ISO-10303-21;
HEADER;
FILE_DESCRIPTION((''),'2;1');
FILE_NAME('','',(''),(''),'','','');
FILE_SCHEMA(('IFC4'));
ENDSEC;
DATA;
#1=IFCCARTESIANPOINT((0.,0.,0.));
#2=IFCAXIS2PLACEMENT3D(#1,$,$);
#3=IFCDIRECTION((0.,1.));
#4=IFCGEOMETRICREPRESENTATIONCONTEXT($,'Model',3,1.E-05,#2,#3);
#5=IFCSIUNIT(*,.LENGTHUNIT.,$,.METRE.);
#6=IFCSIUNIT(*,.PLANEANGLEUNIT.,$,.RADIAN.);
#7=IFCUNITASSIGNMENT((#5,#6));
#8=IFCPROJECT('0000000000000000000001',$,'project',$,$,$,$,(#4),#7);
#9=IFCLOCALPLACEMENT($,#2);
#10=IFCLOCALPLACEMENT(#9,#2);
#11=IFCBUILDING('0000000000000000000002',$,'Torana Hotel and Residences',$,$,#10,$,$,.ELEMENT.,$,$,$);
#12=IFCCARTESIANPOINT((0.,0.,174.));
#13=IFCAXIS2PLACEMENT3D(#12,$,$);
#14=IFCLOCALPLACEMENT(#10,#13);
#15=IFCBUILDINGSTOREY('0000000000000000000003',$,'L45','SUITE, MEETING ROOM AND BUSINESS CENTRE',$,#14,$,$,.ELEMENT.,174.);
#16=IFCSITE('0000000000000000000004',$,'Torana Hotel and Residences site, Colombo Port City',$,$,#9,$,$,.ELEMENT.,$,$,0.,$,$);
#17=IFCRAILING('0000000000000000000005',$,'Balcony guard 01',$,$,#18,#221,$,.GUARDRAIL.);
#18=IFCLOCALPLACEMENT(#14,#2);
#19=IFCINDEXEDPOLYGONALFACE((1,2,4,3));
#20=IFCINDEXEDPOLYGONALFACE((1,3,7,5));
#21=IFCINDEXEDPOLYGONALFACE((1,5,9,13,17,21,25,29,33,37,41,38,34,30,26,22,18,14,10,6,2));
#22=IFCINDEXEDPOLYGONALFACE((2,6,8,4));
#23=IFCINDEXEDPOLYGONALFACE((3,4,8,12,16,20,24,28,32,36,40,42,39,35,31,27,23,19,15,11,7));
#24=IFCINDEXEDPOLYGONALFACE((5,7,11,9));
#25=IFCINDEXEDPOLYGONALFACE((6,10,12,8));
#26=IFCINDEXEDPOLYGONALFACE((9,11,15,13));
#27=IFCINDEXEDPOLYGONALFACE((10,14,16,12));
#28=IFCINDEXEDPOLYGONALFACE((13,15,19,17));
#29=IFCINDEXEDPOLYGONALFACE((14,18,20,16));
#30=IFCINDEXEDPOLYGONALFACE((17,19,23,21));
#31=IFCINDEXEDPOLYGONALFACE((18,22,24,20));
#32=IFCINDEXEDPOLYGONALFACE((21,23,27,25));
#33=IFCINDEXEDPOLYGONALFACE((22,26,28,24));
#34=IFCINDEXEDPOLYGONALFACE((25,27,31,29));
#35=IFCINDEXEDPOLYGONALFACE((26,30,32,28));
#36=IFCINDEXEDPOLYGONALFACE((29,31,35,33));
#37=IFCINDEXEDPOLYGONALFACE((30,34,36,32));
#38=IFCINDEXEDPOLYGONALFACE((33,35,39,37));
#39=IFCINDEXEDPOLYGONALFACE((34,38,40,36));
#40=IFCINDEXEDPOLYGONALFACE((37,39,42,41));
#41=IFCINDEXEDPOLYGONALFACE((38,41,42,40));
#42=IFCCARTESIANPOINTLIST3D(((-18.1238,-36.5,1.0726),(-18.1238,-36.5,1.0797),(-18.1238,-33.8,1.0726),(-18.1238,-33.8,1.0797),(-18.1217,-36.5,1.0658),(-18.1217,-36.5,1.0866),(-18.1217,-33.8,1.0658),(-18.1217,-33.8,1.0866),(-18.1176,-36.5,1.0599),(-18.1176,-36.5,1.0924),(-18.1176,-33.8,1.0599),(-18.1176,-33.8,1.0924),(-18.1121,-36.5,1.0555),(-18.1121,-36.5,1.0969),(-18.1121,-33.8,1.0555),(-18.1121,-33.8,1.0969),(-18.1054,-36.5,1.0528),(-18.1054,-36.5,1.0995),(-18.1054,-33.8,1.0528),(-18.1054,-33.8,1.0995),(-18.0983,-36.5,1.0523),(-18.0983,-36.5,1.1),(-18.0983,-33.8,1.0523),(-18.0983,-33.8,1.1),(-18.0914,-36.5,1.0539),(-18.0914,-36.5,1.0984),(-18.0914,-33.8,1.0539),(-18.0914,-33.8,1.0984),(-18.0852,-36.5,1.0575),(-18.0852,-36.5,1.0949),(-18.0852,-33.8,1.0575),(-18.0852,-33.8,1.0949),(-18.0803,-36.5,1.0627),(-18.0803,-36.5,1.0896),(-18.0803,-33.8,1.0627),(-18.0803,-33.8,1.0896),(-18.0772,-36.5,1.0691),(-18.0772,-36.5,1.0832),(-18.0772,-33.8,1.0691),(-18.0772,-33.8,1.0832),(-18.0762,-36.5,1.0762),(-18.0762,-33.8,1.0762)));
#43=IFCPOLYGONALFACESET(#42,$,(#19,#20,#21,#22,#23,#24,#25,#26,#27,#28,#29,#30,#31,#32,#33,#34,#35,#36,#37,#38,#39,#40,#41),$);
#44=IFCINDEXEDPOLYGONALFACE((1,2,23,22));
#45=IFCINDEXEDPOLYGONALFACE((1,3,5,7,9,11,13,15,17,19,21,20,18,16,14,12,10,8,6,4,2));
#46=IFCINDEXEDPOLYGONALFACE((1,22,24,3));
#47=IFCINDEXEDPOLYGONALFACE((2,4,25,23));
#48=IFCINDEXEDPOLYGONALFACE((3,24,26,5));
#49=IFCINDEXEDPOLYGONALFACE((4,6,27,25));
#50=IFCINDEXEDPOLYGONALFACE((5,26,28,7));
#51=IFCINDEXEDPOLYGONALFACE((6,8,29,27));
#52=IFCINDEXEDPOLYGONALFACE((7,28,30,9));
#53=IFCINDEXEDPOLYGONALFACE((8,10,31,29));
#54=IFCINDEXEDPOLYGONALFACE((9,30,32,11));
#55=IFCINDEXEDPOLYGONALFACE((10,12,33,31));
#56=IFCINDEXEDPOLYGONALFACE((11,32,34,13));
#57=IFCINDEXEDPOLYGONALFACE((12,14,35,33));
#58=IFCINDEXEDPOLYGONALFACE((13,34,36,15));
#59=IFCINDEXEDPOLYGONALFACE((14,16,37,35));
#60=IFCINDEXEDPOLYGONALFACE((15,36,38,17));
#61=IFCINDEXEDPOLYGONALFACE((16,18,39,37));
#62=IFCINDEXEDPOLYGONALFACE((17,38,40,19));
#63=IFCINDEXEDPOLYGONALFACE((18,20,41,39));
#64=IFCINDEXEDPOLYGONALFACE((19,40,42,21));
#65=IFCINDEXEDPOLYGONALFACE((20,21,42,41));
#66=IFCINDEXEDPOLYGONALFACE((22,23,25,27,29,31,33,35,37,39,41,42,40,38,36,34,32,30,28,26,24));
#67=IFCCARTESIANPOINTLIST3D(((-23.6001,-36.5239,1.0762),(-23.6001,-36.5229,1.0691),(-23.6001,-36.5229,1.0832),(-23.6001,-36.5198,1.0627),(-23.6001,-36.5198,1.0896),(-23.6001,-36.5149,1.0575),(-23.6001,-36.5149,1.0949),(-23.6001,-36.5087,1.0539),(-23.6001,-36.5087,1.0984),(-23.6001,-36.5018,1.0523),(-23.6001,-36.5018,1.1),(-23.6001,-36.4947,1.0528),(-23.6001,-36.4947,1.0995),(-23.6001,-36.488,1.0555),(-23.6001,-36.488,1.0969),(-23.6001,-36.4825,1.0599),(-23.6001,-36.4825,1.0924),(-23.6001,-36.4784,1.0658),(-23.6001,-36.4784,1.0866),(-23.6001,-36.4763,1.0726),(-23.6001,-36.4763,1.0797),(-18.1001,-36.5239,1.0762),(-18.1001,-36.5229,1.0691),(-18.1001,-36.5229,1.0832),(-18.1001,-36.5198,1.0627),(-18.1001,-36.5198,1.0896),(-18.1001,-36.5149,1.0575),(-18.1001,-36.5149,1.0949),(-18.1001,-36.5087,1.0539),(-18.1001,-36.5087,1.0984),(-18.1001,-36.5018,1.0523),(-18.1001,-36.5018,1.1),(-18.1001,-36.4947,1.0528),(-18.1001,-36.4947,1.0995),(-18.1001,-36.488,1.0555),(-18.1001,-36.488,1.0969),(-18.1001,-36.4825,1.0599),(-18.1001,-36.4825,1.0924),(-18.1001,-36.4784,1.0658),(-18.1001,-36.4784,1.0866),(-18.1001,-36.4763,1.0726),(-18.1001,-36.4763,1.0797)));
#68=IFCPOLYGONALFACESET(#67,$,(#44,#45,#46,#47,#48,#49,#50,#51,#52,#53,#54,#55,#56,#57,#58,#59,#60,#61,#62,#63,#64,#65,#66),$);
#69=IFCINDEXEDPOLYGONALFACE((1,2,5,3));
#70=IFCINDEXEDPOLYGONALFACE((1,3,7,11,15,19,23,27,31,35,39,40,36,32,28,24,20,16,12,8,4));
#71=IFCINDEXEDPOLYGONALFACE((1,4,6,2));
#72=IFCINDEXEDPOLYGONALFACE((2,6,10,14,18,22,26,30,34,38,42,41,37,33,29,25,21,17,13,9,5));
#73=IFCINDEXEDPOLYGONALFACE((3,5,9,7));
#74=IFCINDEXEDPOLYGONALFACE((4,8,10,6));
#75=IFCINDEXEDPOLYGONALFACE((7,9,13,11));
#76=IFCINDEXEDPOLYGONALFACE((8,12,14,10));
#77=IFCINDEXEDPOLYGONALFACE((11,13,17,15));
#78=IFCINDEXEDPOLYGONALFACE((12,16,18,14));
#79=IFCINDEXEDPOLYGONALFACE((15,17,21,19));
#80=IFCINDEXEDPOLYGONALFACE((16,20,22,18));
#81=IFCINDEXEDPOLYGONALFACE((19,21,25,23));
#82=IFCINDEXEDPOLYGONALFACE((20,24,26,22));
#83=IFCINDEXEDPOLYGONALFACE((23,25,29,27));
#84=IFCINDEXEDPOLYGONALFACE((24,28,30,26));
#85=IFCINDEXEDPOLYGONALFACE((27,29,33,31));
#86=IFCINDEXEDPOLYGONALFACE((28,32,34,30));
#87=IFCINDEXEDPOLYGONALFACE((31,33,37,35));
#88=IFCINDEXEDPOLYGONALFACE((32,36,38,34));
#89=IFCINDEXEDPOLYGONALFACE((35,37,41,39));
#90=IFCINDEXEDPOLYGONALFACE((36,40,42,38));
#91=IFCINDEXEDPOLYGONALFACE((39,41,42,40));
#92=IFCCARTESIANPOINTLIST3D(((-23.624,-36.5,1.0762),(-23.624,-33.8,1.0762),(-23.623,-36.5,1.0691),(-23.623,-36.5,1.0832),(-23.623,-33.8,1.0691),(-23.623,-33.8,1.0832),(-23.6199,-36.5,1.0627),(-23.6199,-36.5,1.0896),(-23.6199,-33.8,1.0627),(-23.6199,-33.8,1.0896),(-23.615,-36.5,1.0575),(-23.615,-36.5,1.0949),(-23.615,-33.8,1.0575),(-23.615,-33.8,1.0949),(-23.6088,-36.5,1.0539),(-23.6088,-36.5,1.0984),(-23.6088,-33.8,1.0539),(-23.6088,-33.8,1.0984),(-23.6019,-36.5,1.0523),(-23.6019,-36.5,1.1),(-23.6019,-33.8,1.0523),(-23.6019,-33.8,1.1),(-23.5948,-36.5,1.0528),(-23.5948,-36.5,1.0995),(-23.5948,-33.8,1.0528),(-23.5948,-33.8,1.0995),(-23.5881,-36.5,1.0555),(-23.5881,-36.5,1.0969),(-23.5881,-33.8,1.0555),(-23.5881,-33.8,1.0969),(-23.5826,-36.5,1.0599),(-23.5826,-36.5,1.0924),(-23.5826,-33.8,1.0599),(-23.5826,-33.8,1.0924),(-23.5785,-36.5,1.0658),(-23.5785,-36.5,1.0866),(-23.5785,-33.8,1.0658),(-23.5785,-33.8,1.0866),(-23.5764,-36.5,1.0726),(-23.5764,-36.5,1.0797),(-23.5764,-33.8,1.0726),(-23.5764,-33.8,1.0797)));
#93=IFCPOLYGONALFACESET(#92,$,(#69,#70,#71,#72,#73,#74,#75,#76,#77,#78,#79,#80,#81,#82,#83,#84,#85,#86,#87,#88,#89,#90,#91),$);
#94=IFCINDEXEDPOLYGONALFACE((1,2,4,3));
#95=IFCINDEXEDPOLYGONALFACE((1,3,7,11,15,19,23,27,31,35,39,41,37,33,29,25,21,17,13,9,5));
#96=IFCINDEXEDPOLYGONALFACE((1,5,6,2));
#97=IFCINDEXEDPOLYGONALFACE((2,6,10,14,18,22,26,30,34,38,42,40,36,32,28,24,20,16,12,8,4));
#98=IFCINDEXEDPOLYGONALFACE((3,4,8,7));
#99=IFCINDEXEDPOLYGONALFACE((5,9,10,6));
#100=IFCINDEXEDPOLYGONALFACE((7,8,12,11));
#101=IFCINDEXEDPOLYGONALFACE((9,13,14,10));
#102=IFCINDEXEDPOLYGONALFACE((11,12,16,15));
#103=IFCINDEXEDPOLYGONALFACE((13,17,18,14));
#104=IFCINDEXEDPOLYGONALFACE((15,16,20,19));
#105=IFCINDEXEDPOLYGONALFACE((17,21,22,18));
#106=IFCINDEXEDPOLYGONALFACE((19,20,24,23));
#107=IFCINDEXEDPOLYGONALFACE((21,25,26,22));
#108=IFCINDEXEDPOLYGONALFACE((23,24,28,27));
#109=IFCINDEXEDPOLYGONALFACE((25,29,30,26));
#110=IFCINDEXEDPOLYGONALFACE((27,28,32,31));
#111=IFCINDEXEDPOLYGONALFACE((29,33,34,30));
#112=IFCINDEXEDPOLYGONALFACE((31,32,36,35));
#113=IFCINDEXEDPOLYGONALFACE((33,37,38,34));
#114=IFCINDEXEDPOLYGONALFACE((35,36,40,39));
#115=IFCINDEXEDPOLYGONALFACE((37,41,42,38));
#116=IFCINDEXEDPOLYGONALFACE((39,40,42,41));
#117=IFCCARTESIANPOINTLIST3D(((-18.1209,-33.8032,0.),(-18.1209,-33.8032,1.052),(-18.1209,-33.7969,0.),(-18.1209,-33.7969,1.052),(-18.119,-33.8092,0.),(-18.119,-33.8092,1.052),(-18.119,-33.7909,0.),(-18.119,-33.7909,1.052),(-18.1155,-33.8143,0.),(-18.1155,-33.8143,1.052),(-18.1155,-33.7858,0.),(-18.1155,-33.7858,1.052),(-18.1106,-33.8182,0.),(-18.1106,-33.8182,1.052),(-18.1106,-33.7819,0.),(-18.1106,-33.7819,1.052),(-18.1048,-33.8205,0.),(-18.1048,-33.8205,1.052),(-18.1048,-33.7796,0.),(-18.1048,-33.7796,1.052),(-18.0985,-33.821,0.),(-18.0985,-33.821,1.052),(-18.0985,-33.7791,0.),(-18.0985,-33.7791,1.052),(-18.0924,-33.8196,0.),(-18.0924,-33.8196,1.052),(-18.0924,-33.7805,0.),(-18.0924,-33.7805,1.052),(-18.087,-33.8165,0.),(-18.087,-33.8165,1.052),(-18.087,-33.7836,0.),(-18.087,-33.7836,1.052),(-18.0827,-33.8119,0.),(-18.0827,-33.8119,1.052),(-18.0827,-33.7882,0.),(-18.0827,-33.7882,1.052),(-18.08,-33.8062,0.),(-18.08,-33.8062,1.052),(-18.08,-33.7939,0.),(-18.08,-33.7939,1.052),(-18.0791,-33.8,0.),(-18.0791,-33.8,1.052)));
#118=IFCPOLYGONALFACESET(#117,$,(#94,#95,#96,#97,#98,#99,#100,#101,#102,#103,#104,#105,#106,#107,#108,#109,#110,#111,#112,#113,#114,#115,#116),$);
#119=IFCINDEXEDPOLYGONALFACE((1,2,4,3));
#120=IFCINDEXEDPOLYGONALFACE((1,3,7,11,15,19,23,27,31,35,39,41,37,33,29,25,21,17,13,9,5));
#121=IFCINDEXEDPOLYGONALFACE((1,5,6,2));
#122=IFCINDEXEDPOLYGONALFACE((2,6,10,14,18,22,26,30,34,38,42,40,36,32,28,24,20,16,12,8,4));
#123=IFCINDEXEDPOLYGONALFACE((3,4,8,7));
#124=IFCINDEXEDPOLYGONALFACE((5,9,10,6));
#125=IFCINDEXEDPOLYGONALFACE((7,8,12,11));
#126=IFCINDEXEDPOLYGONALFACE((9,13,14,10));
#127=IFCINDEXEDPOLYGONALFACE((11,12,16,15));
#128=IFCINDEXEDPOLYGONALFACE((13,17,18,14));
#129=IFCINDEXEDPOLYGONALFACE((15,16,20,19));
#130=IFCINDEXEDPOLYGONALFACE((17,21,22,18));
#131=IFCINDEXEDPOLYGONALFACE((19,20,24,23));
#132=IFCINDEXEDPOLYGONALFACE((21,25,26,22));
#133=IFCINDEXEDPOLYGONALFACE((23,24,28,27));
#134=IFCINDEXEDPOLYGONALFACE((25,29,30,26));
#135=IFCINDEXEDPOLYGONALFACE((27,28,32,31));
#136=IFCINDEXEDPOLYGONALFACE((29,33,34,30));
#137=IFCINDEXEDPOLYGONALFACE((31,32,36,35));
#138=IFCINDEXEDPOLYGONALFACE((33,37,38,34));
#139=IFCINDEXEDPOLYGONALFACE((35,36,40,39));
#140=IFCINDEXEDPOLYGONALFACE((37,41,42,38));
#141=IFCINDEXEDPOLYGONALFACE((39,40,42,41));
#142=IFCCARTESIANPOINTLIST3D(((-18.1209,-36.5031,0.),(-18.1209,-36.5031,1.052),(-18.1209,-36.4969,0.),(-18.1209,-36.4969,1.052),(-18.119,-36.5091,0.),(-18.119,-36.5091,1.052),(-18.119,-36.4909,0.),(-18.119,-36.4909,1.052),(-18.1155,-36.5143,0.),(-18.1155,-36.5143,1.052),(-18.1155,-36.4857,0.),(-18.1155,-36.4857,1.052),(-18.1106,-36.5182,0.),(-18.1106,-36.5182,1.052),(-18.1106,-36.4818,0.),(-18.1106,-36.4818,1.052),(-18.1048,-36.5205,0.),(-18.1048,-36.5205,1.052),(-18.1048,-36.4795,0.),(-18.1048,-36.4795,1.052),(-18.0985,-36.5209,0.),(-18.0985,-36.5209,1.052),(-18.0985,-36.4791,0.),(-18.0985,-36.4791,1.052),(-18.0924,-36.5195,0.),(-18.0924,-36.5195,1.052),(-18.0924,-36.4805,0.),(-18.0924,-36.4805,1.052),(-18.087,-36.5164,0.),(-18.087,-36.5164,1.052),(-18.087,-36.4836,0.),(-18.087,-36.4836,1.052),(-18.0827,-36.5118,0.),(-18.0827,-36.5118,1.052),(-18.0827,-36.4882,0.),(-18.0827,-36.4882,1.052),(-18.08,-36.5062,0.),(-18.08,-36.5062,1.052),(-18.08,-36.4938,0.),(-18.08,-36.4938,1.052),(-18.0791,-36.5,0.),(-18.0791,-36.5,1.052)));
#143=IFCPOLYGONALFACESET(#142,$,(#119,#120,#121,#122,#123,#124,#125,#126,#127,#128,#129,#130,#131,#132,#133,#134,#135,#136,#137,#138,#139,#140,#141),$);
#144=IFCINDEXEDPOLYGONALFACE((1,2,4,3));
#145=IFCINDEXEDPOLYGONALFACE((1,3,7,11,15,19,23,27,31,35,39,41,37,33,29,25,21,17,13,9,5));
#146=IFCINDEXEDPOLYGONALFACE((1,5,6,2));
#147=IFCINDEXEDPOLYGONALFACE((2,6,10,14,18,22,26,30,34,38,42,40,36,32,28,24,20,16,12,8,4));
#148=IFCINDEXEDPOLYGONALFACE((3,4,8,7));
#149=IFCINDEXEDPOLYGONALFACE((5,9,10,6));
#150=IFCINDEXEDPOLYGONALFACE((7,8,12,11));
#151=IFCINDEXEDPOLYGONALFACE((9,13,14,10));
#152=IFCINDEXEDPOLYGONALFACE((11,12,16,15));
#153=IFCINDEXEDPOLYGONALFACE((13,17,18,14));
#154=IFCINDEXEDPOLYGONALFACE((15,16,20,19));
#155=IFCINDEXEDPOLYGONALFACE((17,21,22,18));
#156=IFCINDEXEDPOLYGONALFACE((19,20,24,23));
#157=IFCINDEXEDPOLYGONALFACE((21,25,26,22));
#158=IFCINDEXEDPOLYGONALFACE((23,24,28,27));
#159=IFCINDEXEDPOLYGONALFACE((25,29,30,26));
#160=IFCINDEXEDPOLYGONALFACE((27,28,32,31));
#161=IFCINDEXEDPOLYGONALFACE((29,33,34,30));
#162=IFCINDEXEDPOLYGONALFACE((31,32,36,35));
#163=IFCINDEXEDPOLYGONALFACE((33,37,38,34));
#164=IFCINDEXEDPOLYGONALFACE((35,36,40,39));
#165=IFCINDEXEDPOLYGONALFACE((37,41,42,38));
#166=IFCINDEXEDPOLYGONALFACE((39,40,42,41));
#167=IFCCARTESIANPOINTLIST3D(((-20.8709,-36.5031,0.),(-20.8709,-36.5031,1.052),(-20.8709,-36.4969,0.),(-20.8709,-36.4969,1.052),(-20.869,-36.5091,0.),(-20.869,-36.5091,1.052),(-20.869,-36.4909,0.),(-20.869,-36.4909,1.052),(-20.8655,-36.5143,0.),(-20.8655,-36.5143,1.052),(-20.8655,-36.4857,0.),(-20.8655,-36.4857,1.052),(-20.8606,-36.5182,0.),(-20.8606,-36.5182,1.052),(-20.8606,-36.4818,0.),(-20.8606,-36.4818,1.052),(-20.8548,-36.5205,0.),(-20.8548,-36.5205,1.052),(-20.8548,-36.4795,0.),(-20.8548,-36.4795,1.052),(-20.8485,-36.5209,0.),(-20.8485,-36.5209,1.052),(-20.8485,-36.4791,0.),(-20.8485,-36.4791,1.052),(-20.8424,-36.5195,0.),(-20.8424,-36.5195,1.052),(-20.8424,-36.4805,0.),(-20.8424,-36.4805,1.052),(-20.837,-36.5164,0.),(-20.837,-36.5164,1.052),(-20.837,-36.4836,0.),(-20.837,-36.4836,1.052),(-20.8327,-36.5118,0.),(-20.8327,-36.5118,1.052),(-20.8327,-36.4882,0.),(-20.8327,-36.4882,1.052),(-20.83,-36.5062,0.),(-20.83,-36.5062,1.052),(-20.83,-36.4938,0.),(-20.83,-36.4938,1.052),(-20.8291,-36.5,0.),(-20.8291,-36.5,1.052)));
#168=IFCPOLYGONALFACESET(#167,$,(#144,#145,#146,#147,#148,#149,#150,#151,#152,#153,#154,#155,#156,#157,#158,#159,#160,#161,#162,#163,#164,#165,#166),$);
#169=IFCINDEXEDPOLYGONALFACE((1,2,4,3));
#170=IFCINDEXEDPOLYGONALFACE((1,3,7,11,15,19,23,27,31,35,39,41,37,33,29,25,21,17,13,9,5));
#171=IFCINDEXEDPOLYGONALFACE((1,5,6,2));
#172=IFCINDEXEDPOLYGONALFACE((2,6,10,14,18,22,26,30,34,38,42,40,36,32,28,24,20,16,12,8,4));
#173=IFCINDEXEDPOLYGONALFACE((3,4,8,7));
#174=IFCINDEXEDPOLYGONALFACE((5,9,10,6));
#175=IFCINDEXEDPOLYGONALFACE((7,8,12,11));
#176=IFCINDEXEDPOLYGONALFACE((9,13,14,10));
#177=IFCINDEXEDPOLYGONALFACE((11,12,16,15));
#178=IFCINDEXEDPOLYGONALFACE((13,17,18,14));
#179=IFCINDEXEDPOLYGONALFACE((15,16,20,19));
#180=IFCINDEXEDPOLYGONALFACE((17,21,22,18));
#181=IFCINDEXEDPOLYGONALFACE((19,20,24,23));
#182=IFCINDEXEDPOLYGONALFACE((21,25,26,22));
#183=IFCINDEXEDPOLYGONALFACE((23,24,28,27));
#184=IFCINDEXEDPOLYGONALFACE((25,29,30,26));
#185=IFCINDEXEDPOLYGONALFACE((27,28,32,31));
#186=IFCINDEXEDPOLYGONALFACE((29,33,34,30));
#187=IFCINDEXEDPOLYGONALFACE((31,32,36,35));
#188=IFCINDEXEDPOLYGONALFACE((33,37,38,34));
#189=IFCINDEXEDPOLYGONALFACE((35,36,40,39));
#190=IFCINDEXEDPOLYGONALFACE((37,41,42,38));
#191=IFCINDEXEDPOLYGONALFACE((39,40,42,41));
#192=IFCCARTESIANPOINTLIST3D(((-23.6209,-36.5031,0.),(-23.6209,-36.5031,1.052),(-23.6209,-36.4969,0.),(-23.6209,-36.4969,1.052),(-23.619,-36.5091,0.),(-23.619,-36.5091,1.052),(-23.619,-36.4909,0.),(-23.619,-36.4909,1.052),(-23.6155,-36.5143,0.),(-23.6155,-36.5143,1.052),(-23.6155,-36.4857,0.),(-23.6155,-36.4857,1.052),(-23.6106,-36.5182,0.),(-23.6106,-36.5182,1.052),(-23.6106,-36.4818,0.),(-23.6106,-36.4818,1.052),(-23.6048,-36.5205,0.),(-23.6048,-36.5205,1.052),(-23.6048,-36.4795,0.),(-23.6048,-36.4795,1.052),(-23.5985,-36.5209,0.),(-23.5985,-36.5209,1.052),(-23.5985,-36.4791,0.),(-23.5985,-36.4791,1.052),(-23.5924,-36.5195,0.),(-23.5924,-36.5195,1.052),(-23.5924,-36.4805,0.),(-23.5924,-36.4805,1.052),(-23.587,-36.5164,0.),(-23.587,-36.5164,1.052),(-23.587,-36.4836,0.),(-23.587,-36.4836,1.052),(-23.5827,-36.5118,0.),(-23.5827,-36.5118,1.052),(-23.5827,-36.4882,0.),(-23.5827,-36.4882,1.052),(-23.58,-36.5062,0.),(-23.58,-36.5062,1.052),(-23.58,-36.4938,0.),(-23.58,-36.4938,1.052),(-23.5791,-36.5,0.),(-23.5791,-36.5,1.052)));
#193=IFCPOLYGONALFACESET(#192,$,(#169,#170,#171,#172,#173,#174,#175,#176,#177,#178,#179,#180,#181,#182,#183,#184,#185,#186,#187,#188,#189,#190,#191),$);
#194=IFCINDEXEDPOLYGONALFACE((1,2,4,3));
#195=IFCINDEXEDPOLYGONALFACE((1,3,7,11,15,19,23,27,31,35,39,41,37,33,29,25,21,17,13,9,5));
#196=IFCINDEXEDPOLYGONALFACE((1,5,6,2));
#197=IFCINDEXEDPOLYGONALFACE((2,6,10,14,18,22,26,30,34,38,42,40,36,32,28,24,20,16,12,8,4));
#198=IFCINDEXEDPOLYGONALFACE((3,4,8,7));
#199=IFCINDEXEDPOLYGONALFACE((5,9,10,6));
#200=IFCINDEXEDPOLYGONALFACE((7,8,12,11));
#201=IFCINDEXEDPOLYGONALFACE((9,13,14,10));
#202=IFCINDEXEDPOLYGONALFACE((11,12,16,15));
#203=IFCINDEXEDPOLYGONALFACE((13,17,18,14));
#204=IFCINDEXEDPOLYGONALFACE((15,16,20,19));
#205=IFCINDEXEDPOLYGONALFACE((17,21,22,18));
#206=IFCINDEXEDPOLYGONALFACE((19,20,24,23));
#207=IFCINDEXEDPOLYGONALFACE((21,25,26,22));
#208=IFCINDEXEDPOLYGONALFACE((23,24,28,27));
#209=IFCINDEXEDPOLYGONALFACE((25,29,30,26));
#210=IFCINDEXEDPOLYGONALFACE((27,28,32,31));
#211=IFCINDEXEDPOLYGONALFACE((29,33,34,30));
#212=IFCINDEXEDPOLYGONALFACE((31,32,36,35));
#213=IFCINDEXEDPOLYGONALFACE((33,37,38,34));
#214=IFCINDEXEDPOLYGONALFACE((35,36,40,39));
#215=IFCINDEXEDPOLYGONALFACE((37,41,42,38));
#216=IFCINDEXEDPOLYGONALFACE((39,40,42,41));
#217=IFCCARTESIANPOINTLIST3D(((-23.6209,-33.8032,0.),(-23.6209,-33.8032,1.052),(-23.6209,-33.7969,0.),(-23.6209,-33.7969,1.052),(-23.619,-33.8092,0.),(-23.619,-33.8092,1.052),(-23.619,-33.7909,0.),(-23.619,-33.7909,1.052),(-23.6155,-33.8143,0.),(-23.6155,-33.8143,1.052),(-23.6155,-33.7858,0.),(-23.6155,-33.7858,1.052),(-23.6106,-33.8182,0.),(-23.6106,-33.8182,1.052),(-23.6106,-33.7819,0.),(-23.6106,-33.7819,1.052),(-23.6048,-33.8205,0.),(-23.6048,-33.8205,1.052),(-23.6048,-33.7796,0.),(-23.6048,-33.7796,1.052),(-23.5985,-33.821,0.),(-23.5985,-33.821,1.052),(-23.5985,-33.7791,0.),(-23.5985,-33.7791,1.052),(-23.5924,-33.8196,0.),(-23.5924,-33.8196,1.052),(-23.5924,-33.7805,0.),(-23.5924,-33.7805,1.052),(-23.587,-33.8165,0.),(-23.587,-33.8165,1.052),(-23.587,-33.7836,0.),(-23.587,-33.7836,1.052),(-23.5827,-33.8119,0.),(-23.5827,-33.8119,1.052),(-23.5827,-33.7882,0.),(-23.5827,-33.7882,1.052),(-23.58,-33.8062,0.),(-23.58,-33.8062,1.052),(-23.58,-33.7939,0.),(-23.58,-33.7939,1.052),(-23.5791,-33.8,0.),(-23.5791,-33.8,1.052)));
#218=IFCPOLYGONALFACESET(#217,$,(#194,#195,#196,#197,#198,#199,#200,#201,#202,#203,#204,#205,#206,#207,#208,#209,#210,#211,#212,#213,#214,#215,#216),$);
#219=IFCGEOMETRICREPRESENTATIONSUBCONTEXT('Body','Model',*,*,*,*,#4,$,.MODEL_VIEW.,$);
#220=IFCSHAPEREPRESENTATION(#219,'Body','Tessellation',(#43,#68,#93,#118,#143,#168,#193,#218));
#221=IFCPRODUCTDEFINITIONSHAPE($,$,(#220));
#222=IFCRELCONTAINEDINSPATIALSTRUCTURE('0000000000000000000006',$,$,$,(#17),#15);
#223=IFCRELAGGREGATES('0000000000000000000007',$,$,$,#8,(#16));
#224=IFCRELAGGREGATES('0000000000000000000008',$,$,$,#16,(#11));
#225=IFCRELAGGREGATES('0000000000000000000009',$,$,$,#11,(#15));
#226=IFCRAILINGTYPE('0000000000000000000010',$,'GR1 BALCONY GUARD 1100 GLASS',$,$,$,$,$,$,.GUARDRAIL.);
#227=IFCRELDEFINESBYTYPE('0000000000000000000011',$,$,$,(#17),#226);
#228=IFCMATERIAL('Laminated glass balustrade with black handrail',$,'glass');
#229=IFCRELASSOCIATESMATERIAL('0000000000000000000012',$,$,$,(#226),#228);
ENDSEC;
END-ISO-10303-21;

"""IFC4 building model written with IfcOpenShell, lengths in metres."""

from ifc_helpers import new_model, si_unit, direction, frame, origin, origin_2d, place, context, subcontext, project, spatial, circle, extrude, material, type_object, element, save


model = new_model("IFC4")

# Units and contexts
model_context = context("Model", 3, precision=1e-05, world=origin(), true_north=direction((0.0, 1.0)))
body_context = subcontext(model_context, "Body", "Model", "MODEL_VIEW")
ifc_project = project(units=[si_unit("LENGTHUNIT", "METRE"), si_unit("PLANEANGLEUNIT", "RADIAN")], contexts=[model_context])

# Site, building, storey
site_placement = place(None, origin())
site = spatial("IfcSite", under=ifc_project, at=site_placement, Name="Torana Hotel and Residences site, Colombo Port City", CompositionType="ELEMENT", RefElevation=0.0)
building_placement = place(site_placement, origin())
building = spatial("IfcBuilding", under=site, at=building_placement, Name="Torana Hotel and Residences", CompositionType="ELEMENT")
storey_placement = place(building_placement, frame((0.0, 0.0, 174.0)))
storey = spatial("IfcBuildingStorey", under=building, at=storey_placement, Name="L45", Description="SUITE, MEETING ROOM AND BUSINESS CENTRE", CompositionType="ELEMENT", Elevation=174.0)

# Railing
ifc_material_1 = material(Name="Laminated glass balustrade with black handrail", Category="glass")
railing_type = type_object("IfcRailingType", Name="GR1 BALCONY GUARD 1100 GLASS", PredefinedType="GUARDRAIL", material=ifc_material_1)
railing_placement = place(storey_placement, frame((-18.1001, -33.8, 0.0)))
element("IfcRailing", 1, at=railing_placement, inside=storey, type_object=railing_type, Name="Balcony guard 01", PredefinedType="GUARDRAIL", context=body_context, shape_type="SweptSolid", body=[
    extrude(circle(Radius=0.0239, at=origin_2d()), frame((0.0, 0.0, 1.0762), z_axis=(0.0, -1.0, 0.0), x_axis=(1.0, 0.0, 0.0)), (0.0, 0.0, 1.0), 2.7),
    extrude(circle(Radius=0.0239, at=origin_2d()), frame((0.0, -2.7, 1.0762), z_axis=(-1.0, 0.0, 0.0), x_axis=(0.0, -1.0, 0.0)), (0.0, 0.0, 1.0), 5.5),
    extrude(circle(Radius=0.0239, at=origin_2d()), frame((-5.5, -2.7, 1.0762), z_axis=(0.0, 1.0, 0.0), x_axis=(-1.0, 0.0, 0.0)), (0.0, 0.0, 1.0), 2.7),
    extrude(circle(Radius=0.021, at=origin_2d()), origin(), (0.0, 0.0, 1.0), 1.052),
    extrude(circle(Radius=0.021, at=origin_2d()), frame((0.0, -2.7, 0.0)), (0.0, 0.0, 1.0), 1.052),
    extrude(circle(Radius=0.021, at=origin_2d()), frame((-2.75, -2.7, 0.0)), (0.0, 0.0, 1.0), 1.052),
    extrude(circle(Radius=0.021, at=origin_2d()), frame((-5.5, -2.7, 0.0)), (0.0, 0.0, 1.0), 1.052),
    extrude(circle(Radius=0.021, at=origin_2d()), frame((-5.5, 0.0, 0.0)), (0.0, 0.0, 1.0), 1.052),
])

save(model, "model.ifc")
